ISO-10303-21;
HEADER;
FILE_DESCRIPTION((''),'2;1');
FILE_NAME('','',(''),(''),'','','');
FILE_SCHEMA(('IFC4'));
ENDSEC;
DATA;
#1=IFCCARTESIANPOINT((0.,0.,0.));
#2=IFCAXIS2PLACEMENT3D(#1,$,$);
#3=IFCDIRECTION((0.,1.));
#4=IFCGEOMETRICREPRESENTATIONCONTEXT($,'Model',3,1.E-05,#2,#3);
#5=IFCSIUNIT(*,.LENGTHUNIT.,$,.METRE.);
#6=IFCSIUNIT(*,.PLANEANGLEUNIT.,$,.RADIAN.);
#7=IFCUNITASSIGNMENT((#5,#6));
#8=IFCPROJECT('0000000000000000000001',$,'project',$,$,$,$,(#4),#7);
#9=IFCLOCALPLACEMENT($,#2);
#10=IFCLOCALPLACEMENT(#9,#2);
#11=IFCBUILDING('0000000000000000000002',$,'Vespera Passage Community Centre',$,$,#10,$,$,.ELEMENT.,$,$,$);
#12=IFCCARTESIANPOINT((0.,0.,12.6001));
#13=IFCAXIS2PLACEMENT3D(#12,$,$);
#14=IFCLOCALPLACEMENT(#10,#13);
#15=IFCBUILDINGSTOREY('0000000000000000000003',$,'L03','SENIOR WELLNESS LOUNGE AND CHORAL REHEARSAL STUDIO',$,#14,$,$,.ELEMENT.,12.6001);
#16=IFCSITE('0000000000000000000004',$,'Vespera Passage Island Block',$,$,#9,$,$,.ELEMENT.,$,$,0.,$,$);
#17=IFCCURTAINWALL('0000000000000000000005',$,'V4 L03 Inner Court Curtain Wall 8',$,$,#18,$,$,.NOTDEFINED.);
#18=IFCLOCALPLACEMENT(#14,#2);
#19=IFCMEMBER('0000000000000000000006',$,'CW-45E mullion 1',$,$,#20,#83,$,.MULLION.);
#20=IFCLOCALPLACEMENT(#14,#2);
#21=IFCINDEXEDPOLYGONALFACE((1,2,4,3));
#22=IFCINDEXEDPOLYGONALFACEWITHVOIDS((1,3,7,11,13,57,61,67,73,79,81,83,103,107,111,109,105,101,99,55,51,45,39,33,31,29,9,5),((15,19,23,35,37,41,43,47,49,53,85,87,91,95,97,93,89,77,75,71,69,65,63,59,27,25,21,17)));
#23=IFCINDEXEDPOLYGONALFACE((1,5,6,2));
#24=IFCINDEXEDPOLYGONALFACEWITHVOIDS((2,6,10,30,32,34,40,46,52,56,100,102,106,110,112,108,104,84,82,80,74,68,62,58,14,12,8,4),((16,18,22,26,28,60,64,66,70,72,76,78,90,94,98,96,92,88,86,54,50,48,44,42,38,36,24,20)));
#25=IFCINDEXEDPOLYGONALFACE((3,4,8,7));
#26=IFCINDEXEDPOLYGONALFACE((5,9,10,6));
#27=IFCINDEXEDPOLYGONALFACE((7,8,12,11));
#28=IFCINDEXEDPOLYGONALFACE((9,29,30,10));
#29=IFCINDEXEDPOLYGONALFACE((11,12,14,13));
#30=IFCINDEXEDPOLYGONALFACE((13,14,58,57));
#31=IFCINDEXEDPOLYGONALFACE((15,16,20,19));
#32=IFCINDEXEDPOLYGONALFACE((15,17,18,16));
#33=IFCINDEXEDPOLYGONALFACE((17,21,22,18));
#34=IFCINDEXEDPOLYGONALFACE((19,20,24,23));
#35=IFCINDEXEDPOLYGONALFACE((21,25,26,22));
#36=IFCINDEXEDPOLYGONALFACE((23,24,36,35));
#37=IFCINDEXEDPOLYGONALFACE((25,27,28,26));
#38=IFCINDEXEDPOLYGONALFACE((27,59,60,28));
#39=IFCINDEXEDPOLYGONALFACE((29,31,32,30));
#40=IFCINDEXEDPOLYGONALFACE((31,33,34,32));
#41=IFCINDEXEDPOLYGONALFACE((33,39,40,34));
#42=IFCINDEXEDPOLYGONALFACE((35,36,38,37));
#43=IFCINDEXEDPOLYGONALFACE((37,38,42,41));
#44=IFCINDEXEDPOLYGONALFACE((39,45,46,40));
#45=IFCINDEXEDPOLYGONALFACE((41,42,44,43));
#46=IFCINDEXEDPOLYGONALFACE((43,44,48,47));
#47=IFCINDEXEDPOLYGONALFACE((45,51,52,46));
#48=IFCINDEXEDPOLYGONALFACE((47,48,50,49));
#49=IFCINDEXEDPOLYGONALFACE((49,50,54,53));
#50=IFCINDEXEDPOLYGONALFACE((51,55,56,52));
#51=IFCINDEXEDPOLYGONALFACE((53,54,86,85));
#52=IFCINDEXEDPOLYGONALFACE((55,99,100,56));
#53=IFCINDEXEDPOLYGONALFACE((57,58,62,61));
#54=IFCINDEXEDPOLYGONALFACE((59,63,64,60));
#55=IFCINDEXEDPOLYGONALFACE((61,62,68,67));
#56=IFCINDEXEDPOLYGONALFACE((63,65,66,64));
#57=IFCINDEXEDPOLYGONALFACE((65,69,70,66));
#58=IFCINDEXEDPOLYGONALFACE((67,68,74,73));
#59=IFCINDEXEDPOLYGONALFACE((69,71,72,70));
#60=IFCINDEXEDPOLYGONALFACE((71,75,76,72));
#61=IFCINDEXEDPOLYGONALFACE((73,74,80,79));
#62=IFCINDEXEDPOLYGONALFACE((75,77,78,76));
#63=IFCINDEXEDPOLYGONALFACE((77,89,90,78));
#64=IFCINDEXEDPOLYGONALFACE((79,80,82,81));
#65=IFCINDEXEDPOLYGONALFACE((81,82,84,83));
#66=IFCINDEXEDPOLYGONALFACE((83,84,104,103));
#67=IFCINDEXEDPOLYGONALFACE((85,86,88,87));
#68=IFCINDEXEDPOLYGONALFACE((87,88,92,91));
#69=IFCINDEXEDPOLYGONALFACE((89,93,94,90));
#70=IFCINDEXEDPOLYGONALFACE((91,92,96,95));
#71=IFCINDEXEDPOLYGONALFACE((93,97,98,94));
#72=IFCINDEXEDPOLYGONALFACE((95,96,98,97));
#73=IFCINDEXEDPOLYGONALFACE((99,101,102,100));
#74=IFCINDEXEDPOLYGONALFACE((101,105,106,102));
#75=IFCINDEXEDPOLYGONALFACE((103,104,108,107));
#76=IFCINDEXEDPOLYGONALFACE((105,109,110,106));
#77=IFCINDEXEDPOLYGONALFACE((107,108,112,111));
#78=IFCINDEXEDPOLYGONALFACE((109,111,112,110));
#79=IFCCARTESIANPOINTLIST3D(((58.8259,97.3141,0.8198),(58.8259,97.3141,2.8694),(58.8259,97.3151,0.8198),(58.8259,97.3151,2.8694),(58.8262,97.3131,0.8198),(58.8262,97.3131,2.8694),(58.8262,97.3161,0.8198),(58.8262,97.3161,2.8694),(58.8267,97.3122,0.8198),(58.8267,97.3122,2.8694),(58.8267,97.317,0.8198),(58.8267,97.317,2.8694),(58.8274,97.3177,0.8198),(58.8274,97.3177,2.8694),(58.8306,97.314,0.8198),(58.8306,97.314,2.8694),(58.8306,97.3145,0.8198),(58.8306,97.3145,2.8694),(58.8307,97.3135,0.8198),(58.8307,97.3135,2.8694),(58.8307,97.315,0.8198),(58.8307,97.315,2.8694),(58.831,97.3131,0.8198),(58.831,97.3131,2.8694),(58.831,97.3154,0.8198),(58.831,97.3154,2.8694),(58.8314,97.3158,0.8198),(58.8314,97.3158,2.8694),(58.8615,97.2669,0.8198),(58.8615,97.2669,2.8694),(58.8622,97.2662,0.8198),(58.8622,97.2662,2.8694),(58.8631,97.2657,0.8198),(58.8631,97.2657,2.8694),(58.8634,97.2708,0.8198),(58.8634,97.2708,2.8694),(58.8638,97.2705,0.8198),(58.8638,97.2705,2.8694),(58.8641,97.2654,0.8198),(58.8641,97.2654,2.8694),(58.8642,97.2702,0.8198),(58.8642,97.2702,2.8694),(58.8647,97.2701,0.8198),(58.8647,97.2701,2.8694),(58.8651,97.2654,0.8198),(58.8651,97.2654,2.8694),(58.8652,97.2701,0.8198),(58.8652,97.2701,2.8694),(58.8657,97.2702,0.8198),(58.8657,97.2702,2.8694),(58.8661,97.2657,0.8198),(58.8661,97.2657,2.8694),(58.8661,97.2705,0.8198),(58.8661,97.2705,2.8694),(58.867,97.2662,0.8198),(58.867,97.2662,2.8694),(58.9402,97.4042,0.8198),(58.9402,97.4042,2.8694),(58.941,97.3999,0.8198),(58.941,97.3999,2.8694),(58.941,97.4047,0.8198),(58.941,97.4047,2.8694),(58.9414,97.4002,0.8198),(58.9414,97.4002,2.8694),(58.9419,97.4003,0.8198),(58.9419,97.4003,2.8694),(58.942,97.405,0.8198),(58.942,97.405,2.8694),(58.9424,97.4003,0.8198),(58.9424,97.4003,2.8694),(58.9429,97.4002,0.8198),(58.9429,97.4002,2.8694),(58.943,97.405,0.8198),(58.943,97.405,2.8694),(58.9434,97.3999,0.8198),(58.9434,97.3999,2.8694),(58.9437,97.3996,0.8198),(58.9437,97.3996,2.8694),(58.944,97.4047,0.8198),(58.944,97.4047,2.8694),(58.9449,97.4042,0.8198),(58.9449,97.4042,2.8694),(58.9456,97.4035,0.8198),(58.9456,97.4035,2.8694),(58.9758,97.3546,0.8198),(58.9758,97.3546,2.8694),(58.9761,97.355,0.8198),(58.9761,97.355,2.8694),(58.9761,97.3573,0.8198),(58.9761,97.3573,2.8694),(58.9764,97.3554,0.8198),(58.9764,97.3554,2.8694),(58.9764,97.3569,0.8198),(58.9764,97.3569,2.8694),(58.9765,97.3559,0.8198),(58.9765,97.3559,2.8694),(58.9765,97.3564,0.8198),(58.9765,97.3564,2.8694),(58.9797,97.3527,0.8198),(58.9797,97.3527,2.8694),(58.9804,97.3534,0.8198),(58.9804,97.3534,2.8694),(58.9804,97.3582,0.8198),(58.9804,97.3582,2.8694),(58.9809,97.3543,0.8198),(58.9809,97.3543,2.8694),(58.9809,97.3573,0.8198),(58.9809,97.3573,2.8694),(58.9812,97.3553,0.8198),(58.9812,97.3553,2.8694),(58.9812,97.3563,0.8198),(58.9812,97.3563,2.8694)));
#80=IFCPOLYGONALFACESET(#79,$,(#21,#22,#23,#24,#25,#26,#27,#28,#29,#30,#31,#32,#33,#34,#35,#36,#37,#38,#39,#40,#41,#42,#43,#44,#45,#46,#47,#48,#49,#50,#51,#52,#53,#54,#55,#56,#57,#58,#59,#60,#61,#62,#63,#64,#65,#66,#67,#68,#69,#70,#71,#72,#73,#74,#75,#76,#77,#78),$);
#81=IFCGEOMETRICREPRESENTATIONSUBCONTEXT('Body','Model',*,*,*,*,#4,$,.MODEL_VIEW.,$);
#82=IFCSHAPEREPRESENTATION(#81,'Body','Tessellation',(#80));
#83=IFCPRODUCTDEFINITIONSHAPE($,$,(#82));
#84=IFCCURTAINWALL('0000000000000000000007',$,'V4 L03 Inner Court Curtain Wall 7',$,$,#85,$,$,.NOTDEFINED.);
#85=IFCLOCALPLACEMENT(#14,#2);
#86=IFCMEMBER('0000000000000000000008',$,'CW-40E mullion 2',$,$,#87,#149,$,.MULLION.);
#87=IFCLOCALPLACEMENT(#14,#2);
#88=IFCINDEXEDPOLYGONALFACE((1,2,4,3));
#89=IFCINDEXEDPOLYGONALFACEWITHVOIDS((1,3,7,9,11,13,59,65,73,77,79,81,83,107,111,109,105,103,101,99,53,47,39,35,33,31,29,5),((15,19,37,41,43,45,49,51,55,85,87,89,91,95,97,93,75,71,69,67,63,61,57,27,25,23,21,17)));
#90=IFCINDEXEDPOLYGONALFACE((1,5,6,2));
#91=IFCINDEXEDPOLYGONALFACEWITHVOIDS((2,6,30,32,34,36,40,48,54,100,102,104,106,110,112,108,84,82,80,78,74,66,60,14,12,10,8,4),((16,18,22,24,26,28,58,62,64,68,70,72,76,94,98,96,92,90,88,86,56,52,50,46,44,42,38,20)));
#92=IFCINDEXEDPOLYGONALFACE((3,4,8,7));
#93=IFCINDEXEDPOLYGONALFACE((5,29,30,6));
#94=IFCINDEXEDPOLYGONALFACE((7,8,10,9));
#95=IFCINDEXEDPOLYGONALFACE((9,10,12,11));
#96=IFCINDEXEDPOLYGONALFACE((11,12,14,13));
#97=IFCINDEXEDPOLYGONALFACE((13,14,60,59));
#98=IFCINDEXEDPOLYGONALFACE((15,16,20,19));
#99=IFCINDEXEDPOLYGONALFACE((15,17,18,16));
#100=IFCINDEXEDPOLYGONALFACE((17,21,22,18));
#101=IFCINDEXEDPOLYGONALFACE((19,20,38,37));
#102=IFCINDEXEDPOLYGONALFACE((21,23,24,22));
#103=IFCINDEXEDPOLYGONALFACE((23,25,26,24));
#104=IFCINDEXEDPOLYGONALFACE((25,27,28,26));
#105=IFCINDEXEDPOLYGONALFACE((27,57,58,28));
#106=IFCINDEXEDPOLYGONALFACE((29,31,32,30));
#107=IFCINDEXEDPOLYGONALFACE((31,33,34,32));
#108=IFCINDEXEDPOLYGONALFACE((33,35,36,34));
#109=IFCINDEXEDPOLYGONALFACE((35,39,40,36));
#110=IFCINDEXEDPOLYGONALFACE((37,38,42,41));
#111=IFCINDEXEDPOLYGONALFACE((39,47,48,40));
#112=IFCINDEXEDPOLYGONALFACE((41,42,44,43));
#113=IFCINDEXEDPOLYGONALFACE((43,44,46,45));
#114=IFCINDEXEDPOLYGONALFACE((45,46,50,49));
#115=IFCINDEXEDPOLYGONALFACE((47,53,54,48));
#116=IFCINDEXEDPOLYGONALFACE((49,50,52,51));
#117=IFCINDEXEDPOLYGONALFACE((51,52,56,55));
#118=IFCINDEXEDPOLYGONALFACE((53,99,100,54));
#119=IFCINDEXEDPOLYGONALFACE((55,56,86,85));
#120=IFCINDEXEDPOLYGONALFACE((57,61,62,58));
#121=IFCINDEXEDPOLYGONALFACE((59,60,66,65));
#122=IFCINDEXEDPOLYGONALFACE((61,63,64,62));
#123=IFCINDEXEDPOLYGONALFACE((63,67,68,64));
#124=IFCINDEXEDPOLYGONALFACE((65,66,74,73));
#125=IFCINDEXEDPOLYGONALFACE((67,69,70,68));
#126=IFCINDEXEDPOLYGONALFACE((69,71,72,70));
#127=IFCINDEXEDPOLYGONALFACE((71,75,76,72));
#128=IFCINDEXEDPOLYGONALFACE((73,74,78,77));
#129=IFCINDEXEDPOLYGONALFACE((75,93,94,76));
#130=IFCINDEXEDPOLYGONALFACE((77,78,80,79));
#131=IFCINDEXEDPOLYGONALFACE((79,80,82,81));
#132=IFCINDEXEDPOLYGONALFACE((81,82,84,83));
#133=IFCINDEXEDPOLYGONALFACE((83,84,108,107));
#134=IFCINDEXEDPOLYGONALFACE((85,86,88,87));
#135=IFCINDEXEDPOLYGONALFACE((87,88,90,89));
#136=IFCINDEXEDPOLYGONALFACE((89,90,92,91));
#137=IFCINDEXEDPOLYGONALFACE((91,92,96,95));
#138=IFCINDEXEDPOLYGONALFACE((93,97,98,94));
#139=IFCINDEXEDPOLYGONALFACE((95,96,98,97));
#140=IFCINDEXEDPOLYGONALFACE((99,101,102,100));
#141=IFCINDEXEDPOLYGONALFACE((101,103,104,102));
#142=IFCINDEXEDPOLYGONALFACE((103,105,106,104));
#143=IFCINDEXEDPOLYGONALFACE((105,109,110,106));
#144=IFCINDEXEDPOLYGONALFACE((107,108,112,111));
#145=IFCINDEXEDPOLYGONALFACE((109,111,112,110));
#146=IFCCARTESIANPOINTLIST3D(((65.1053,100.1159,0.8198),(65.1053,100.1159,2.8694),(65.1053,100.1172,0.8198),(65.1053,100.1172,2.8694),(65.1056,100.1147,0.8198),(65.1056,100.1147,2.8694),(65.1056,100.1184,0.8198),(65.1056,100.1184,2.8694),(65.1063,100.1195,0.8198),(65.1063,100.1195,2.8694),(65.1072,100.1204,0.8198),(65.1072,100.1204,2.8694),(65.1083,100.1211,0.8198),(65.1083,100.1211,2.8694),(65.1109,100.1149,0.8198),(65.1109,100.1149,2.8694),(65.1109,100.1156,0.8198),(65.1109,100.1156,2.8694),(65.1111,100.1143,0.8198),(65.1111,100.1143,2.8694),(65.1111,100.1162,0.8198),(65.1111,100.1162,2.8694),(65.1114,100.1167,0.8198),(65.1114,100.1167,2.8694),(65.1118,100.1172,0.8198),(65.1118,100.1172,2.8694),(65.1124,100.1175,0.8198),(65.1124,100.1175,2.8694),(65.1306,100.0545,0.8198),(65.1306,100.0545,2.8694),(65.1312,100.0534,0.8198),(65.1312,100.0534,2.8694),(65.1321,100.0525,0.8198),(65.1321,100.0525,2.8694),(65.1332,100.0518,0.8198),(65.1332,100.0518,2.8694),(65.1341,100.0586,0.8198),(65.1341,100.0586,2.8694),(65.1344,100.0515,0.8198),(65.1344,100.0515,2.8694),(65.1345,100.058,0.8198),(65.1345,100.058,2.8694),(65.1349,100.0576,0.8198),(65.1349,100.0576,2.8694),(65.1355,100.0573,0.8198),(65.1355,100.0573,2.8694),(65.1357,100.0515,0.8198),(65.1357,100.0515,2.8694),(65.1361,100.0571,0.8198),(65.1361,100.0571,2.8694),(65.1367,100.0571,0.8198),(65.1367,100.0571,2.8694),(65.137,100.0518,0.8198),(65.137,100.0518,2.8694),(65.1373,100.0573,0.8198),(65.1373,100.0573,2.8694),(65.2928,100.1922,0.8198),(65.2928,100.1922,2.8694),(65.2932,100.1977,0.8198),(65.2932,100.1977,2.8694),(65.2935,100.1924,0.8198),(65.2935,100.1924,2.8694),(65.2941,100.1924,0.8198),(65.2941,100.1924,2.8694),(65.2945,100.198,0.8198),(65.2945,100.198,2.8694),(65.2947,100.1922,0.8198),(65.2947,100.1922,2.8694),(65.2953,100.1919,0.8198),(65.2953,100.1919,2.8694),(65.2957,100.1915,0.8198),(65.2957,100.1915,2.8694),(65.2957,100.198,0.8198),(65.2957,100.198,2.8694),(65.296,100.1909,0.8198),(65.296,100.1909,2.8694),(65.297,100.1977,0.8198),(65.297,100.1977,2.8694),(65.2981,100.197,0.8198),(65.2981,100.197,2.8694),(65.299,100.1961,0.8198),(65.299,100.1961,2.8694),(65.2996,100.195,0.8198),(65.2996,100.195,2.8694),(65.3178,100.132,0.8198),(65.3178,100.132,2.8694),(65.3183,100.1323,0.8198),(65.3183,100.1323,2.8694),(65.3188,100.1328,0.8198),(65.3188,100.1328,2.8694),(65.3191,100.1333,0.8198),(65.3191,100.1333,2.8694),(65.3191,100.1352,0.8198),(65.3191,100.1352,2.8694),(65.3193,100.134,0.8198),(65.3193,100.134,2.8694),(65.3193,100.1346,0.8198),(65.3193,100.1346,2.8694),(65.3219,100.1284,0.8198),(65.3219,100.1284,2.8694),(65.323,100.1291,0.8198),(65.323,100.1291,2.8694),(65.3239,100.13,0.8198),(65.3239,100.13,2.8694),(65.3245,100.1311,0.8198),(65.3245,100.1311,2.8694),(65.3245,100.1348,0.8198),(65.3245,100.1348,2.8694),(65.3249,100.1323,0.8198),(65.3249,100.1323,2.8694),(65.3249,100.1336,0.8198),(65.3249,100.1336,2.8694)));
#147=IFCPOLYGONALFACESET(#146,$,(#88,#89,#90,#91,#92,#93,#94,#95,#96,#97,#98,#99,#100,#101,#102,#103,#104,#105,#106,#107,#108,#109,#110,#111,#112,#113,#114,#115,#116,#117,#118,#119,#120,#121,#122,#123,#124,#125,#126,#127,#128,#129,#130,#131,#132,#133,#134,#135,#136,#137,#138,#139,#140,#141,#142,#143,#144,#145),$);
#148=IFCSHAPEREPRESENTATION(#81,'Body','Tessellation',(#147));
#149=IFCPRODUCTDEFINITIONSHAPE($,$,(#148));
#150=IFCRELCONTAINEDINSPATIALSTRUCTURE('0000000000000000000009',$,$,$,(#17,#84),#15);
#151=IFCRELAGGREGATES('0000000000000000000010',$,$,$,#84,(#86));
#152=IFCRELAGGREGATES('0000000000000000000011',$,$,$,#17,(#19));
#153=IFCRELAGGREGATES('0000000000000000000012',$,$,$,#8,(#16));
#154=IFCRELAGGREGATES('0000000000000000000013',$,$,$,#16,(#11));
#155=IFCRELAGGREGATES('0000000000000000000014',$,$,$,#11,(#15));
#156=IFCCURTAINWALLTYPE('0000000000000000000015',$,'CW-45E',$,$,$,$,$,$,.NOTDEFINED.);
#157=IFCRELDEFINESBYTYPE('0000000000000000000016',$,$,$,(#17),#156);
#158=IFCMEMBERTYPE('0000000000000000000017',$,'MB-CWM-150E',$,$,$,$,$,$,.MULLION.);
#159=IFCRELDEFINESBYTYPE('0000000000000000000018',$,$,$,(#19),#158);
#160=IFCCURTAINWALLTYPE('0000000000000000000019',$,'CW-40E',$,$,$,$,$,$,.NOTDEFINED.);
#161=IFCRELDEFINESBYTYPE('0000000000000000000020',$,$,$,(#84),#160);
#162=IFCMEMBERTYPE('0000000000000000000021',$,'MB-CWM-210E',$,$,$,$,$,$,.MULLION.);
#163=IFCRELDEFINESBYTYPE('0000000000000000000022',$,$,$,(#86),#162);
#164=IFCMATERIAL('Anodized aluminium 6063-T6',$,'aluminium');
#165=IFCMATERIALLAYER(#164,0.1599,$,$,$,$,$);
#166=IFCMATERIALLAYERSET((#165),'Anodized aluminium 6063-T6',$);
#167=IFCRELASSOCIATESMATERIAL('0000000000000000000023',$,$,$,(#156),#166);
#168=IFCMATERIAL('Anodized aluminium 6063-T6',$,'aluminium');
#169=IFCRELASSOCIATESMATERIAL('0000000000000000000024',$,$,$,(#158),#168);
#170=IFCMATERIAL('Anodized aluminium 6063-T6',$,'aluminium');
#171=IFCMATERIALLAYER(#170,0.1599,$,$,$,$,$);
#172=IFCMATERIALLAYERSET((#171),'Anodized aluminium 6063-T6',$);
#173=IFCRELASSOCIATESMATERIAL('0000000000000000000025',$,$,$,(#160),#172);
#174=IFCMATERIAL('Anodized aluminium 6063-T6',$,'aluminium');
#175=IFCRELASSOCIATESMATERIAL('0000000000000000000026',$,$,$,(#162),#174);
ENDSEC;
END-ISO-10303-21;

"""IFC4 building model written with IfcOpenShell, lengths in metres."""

from ifc_helpers import new_model, si_unit, direction, frame, origin, origin_2d, place, context, subcontext, project, spatial, hollow_rectangle, extrude, material, layer, layer_set, material_profile, profile_set, type_object, element, aggregate, save


model = new_model("IFC4")

# Units and contexts
model_context = context("Model", 3, precision=1e-05, world=origin(), true_north=direction((0.0, 1.0)))
body_context = subcontext(model_context, "Body", "Model", "MODEL_VIEW")
ifc_project = project(units=[si_unit("LENGTHUNIT", "METRE"), si_unit("PLANEANGLEUNIT", "RADIAN")], contexts=[model_context])

# Site, building, storey
site_placement = place(None, origin())
site = spatial("IfcSite", under=ifc_project, at=site_placement, Name="Vespera Passage Island Block", CompositionType="ELEMENT", RefElevation=0.0)
building_placement = place(site_placement, origin())
building = spatial("IfcBuilding", under=site, at=building_placement, Name="Vespera Passage Community Centre", CompositionType="ELEMENT")
storey_placement = place(building_placement, frame((0.0, 0.0, 12.6001)))
storey = spatial("IfcBuildingStorey", under=building, at=storey_placement, Name="L03", Description="SENIOR WELLNESS LOUNGE AND CHORAL REHEARSAL STUDIO", CompositionType="ELEMENT", Elevation=12.6001)

# Curtain wall, member
ifc_material_1 = material(Name="Anodized aluminium 6063-T6", Category="aluminium")
ifc_layer_1 = layer(ifc_material_1, 0.1599)
ifc_layer_set_1 = layer_set([ifc_layer_1], Name="Anodized aluminium 6063-T6")
curtain_wall_type_1 = type_object("IfcCurtainWallType", Name="CW-45E", PredefinedType="NOTDEFINED", material=ifc_layer_set_1)
curtain_wall_1_placement = place(storey_placement, origin())
curtain_wall_1 = element("IfcCurtainWall", 1, at=curtain_wall_1_placement, inside=storey, type_object=curtain_wall_type_1, Name="V4 L03 Inner Court Curtain Wall 8", PredefinedType="NOTDEFINED")
ifc_material_2 = material(Name="Anodized aluminium 6063-T6", Category="aluminium")
ifc_material_profile_1 = material_profile(ifc_material_2, hollow_rectangle(XDim=0.0649, YDim=0.1499, WallThickness=0.0039, InnerFilletRadius=0.002, OuterFilletRadius=0.0039, at=origin_2d()), Name="ALU150X65X4")
ifc_profile_set_1 = profile_set([ifc_material_profile_1], Name="Anodized aluminium 6063-T6")
member_type_1 = type_object("IfcMemberType", Name="MB-CWM-150E", PredefinedType="MULLION", material=ifc_profile_set_1)
member_1_placement = place(storey_placement, frame((58.9036, 97.3352, 0.8198), z_axis=(0.0, 0.0, 1.0), x_axis=(0.608755, -0.793358, 0.0)))
member_1 = element("IfcMember", 2, at=member_1_placement, type_object=member_type_1, Name="CW-45E mullion 1", PredefinedType="MULLION", context=body_context, shape_type="SweptSolid", body=[
    extrude(hollow_rectangle(XDim=0.0649, YDim=0.1499, WallThickness=0.0039, InnerFilletRadius=0.002, OuterFilletRadius=0.0039, at=origin_2d()), origin(), (0.0, 0.0, 1.0), 2.0496),
])

# Curtain wall, member
ifc_material_3 = material(Name="Anodized aluminium 6063-T6", Category="aluminium")
ifc_layer_2 = layer(ifc_material_3, 0.1599)
ifc_layer_set_2 = layer_set([ifc_layer_2], Name="Anodized aluminium 6063-T6")
curtain_wall_type_2 = type_object("IfcCurtainWallType", Name="CW-40E", PredefinedType="NOTDEFINED", material=ifc_layer_set_2)
curtain_wall_2_placement = place(storey_placement, origin())
curtain_wall_2 = element("IfcCurtainWall", 3, at=curtain_wall_2_placement, inside=storey, type_object=curtain_wall_type_2, Name="V4 L03 Inner Court Curtain Wall 7", PredefinedType="NOTDEFINED")
ifc_material_4 = material(Name="Anodized aluminium 6063-T6", Category="aluminium")
ifc_material_profile_2 = material_profile(ifc_material_4, hollow_rectangle(XDim=0.075, YDim=0.21, WallThickness=0.0049, InnerFilletRadius=0.0024, OuterFilletRadius=0.0049, at=origin_2d()), Name="ALU210X75X5")
ifc_profile_set_2 = profile_set([ifc_material_profile_2], Name="Anodized aluminium 6063-T6")
member_type_2 = type_object("IfcMemberType", Name="MB-CWM-210E", PredefinedType="MULLION", material=ifc_profile_set_2)
member_2_placement = place(storey_placement, frame((65.2151, 100.1248, 0.8198), z_axis=(0.0, 0.0, 1.0), x_axis=(0.38269, -0.923877, 0.0)))
member_2 = element("IfcMember", 4, at=member_2_placement, type_object=member_type_2, Name="CW-40E mullion 2", PredefinedType="MULLION", context=body_context, shape_type="SweptSolid", body=[
    extrude(hollow_rectangle(XDim=0.075, YDim=0.21, WallThickness=0.0049, InnerFilletRadius=0.0024, OuterFilletRadius=0.0049, at=origin_2d()), origin(), (0.0, 0.0, 1.0), 2.0496),
])

aggregate(curtain_wall_2, [member_2])
aggregate(curtain_wall_1, [member_1])

save(model, "model.ifc")
